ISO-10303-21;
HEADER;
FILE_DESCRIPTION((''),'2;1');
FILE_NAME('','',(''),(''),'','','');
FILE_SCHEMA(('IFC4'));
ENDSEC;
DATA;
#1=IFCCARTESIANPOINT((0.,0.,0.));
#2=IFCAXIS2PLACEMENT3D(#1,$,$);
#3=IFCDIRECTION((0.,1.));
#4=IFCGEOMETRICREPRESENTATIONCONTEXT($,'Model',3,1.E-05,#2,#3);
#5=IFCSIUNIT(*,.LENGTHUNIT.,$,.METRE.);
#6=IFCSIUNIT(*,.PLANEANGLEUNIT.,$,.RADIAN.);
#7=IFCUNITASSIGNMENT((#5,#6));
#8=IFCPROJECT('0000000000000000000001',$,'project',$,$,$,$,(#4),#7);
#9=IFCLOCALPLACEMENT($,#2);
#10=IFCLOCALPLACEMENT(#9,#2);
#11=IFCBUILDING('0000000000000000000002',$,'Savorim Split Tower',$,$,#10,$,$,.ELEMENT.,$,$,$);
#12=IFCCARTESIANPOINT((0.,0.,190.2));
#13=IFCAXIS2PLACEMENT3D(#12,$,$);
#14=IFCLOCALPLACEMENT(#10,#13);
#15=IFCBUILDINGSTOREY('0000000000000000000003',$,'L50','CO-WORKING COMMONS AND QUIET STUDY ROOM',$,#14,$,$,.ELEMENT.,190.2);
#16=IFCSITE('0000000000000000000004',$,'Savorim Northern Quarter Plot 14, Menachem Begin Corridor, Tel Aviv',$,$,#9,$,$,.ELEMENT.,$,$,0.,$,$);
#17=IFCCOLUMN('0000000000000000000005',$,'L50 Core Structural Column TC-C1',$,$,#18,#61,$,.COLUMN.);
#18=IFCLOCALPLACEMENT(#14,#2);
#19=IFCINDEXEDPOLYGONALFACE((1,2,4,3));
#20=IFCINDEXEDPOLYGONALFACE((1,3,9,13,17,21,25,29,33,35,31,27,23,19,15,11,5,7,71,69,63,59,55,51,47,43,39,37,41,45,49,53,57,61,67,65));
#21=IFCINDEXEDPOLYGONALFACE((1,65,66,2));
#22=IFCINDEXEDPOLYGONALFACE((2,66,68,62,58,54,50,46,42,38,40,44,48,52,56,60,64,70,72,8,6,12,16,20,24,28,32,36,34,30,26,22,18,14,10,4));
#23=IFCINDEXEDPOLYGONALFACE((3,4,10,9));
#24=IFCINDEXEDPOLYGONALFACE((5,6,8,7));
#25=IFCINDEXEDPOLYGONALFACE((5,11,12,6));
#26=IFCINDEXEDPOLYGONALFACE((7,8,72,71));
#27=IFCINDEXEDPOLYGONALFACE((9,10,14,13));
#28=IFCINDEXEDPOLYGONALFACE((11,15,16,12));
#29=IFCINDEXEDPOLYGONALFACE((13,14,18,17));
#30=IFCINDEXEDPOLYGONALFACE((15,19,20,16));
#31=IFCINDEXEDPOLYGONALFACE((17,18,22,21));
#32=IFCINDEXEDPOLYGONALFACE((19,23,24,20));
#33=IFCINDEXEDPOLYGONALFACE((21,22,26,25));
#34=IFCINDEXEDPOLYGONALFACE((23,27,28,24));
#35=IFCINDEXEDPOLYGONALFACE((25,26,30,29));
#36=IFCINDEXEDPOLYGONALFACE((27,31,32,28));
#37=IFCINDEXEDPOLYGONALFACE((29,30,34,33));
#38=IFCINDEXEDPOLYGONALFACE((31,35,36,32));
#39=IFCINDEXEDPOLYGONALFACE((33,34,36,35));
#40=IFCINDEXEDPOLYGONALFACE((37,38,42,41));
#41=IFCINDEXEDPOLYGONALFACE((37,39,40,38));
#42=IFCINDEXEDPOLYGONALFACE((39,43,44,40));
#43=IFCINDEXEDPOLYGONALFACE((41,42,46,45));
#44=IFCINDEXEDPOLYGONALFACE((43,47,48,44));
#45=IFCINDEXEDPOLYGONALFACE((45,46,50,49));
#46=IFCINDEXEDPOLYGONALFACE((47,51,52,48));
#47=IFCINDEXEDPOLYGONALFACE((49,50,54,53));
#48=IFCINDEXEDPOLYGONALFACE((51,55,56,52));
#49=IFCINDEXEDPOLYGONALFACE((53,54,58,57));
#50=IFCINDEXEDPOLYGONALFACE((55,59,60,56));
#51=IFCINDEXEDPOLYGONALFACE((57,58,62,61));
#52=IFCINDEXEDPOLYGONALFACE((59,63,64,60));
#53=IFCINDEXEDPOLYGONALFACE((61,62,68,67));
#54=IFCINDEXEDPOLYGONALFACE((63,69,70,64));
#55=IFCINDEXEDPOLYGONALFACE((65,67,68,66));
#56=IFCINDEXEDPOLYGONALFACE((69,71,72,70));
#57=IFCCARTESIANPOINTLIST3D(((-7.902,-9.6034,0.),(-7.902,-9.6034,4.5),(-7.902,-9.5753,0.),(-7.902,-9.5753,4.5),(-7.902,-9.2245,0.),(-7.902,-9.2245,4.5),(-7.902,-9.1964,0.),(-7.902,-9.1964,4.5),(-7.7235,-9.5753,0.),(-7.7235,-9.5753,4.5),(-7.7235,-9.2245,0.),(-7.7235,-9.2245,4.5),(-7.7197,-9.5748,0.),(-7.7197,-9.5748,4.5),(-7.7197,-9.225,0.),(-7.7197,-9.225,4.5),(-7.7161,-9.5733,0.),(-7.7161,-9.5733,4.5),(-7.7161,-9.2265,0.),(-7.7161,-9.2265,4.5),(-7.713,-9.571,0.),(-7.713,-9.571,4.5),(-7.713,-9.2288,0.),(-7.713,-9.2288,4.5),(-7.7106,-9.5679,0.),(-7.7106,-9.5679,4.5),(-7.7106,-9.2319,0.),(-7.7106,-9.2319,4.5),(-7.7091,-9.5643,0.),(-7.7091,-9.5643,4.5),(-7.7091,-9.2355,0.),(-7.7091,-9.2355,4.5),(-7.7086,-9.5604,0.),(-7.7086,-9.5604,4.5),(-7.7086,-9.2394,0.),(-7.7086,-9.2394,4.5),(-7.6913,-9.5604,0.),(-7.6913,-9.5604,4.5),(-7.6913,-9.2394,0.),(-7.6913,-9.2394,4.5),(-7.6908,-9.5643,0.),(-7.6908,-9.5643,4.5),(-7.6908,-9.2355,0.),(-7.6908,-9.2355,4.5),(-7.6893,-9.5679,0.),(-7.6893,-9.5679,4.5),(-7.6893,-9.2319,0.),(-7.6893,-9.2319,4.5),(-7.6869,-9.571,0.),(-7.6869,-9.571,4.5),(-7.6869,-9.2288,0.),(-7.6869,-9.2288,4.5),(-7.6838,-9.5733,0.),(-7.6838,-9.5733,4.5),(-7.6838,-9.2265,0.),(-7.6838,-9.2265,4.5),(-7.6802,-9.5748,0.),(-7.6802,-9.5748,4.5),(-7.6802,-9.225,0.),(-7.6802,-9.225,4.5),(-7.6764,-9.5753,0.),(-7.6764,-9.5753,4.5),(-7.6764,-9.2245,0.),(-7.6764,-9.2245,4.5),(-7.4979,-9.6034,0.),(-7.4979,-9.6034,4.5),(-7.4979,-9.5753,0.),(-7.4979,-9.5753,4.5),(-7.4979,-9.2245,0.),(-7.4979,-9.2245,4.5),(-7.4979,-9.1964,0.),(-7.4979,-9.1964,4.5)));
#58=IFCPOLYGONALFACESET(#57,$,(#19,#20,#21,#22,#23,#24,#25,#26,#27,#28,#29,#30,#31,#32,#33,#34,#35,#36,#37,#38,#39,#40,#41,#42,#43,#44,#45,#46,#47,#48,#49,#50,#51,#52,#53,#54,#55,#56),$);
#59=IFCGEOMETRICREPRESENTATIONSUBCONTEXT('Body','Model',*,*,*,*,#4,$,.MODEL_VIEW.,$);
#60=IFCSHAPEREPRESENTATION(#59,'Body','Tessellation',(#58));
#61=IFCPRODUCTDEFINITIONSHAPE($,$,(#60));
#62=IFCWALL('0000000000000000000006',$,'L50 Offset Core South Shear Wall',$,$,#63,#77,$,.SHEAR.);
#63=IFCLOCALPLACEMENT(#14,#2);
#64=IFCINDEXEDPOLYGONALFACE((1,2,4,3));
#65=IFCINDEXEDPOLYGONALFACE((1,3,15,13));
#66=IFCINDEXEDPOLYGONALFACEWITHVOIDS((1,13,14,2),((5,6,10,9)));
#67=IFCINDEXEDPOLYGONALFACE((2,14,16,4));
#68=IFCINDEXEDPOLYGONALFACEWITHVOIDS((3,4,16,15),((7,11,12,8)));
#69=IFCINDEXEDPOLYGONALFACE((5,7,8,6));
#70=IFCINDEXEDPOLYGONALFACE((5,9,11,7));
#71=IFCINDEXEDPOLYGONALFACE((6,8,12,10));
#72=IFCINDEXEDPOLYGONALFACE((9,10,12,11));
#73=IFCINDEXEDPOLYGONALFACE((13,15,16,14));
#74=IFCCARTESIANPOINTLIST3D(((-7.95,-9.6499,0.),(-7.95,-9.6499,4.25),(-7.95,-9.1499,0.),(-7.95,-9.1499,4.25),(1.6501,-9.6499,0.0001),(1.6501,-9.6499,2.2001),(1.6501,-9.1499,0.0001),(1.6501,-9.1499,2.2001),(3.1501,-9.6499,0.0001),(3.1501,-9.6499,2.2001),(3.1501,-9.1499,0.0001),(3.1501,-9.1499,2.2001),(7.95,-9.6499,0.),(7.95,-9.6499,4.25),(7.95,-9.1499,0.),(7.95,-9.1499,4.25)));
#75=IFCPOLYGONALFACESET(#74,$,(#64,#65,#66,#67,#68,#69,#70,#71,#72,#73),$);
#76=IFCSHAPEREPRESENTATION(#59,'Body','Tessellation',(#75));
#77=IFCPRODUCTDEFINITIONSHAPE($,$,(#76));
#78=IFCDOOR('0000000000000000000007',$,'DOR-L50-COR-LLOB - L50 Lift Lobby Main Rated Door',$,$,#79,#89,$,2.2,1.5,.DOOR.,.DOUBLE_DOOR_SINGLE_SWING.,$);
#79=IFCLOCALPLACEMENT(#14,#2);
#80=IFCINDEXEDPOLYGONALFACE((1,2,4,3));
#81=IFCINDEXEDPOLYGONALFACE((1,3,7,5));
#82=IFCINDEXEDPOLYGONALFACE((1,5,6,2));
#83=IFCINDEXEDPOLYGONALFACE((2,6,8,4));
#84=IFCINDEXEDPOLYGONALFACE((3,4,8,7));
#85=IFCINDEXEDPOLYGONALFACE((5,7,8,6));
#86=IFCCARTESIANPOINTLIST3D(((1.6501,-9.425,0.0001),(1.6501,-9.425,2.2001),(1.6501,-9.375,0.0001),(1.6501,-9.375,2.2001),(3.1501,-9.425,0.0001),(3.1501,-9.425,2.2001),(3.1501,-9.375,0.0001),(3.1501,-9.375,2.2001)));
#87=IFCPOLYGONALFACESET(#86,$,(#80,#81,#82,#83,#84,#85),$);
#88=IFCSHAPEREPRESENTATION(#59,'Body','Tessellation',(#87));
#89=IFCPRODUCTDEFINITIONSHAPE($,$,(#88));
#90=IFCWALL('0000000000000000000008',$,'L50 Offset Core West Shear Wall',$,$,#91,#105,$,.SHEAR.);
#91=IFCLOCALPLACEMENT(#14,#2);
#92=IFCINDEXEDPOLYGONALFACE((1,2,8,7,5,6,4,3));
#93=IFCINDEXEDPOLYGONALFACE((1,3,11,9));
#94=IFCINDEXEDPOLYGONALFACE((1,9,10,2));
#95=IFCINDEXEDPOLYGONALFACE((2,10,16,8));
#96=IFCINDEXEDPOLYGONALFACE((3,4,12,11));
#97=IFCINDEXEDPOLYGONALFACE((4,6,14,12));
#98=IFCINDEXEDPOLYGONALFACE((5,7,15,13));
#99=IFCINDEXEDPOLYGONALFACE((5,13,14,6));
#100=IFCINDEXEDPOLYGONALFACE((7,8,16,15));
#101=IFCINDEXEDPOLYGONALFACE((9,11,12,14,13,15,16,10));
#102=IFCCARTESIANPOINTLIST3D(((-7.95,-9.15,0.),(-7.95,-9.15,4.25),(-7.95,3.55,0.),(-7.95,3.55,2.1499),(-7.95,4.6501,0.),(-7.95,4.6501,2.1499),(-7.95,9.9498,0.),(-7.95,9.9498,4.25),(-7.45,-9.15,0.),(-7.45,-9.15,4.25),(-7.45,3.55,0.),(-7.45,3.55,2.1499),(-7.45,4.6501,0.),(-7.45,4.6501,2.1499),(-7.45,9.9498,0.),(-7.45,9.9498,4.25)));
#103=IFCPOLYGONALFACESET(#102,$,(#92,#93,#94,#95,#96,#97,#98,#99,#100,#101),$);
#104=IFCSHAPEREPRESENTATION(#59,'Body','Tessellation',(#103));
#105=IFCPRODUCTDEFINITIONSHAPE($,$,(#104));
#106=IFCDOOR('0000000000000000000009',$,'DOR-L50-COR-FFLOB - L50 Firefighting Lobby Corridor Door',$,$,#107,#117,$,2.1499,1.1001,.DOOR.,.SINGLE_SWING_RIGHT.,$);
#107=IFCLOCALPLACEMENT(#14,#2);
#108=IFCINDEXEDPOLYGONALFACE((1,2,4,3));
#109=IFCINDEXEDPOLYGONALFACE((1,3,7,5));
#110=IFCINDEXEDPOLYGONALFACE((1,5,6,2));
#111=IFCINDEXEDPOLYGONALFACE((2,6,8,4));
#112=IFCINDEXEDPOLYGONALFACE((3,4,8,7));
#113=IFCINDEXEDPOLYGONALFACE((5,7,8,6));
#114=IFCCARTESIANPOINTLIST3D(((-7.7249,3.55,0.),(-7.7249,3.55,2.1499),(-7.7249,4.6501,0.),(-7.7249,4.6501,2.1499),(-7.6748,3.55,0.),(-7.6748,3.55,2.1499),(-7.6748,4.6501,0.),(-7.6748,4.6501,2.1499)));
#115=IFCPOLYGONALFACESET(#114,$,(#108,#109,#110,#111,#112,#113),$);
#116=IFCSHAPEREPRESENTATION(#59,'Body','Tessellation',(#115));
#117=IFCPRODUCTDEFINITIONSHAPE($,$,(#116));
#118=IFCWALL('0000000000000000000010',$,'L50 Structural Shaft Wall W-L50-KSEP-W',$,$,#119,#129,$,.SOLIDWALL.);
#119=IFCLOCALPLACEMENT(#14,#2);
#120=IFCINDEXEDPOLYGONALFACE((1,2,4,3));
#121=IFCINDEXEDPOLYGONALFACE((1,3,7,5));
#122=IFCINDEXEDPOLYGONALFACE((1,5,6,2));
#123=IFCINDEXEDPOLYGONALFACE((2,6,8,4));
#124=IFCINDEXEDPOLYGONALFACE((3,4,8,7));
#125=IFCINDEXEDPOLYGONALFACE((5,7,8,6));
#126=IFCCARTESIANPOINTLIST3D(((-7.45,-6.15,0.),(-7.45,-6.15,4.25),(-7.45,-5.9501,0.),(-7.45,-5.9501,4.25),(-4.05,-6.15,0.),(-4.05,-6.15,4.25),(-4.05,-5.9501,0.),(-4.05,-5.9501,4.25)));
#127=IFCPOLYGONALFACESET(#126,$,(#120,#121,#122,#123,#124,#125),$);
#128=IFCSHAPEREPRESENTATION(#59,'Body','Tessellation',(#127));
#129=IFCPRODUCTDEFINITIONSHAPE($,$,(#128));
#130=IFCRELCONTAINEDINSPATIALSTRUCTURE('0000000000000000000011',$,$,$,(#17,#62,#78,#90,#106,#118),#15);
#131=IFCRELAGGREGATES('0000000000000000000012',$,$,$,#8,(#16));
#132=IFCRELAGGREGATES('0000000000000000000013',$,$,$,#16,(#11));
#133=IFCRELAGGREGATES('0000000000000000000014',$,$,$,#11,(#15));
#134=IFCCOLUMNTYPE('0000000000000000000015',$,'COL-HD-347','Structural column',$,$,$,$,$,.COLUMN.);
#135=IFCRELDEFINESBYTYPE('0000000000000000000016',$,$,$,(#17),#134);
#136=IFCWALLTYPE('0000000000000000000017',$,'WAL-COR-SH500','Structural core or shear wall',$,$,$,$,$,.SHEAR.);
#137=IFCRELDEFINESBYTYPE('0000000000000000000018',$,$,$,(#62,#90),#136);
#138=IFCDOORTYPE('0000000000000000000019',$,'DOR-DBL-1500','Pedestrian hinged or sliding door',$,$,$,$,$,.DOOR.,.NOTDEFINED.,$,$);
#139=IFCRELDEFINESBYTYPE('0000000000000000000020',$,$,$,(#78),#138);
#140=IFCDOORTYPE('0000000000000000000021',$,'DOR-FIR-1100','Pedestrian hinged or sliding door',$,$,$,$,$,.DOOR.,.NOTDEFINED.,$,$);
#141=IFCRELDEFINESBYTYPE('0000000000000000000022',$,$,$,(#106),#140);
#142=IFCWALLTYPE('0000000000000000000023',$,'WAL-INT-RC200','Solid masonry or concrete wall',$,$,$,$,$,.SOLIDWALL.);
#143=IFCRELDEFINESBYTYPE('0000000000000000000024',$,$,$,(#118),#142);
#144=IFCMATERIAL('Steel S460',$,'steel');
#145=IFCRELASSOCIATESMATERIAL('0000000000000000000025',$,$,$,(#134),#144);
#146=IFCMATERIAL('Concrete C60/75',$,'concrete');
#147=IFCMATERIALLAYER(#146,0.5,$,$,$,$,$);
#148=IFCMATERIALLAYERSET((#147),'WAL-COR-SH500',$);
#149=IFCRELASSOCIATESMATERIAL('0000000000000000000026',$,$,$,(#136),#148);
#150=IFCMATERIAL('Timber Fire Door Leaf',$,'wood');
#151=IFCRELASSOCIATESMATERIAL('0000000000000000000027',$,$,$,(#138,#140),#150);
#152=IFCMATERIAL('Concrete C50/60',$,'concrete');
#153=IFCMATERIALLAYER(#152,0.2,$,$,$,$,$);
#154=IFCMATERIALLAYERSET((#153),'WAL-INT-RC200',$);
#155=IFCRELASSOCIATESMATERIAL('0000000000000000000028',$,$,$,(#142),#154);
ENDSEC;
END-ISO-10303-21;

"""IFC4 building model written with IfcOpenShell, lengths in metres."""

from ifc_helpers import new_model, si_unit, direction, frame, frame_2d, origin, origin_2d, place, context, subcontext, project, spatial, rectangle, i_section, extrude, material, layer, layer_set, material_profile, profile_set, type_object, element, fill, save


model = new_model("IFC4")

# Units and contexts
model_context = context("Model", 3, precision=1e-05, world=origin(), true_north=direction((0.0, 1.0)))
body_context = subcontext(model_context, "Body", "Model", "MODEL_VIEW")
ifc_project = project(units=[si_unit("LENGTHUNIT", "METRE"), si_unit("PLANEANGLEUNIT", "RADIAN")], contexts=[model_context])

# Site, building, storey
site_placement = place(None, origin())
site = spatial("IfcSite", under=ifc_project, at=site_placement, Name="Savorim Northern Quarter Plot 14, Menachem Begin Corridor, Tel Aviv", CompositionType="ELEMENT", RefElevation=0.0)
building_placement = place(site_placement, origin())
building = spatial("IfcBuilding", under=site, at=building_placement, Name="Savorim Split Tower", CompositionType="ELEMENT")
storey_placement = place(building_placement, frame((0.0, 0.0, 190.2)))
storey = spatial("IfcBuildingStorey", under=building, at=storey_placement, Name="L50", Description="CO-WORKING COMMONS AND QUIET STUDY ROOM", CompositionType="ELEMENT", Elevation=190.2)

# Column
ifc_material_1 = material(Name="Steel S460", Category="steel")
ifc_material_profile = material_profile(ifc_material_1, i_section(OverallWidth=0.4041, OverallDepth=0.407, WebThickness=0.0173, FlangeThickness=0.0281, FilletRadius=0.0149, at=origin_2d()), Name="HD 400x347")
ifc_profile_set = profile_set([ifc_material_profile], Name="Steel S460")
column_type = type_object("IfcColumnType", Name="COL-HD-347", Description="Structural column", PredefinedType="COLUMN", material=ifc_profile_set)
column_placement = place(storey_placement, frame((-7.7, -9.3999, 0.0), z_axis=(0.0, 0.0, 1.0), x_axis=(1.0, 0.0, 0.0)))
element("IfcColumn", 1, at=column_placement, inside=storey, type_object=column_type, Name="L50 Core Structural Column TC-C1", PredefinedType="COLUMN", context=body_context, shape_type="SweptSolid", body=[
    extrude(i_section(OverallWidth=0.4041, OverallDepth=0.407, WebThickness=0.0173, FlangeThickness=0.0281, FilletRadius=0.0149, at=origin_2d()), origin(), (0.0, 0.0, 1.0), 4.5),
])

# Walls, openings, doors
ifc_material_2 = material(Name="Concrete C60/75", Category="concrete")
ifc_layer_1 = layer(ifc_material_2, 0.5)
ifc_layer_set_1 = layer_set([ifc_layer_1], Name="WAL-COR-SH500")
wall_type_1 = type_object("IfcWallType", Name="WAL-COR-SH500", Description="Structural core or shear wall", PredefinedType="SHEAR", material=ifc_layer_set_1)
wall_1_placement = place(storey_placement, frame((-7.95, -9.3999, 0.0), z_axis=(0.0, 0.0, 1.0), x_axis=(1.0, 0.0, 0.0)))
wall_1 = element("IfcWall", 2, at=wall_1_placement, inside=storey, type_object=wall_type_1, Name="L50 Offset Core South Shear Wall", PredefinedType="SHEAR", context=body_context, shape_type="SweptSolid", body=[
    extrude(rectangle(XDim=15.8999, YDim=0.5, at=frame_2d((7.95, 0.0))), origin(), (0.0, 0.0, 1.0), 4.25),
])
opening_1_placement = place(wall_1_placement, frame((9.6001, 0.0, 0.0)))
opening_1 = element("IfcOpeningElement", 3, at=opening_1_placement, cuts=wall_1, PredefinedType="OPENING", context=body_context, shape_type="SweptSolid", body=[
    extrude(rectangle(XDim=1.5, YDim=2.2, at=frame_2d((0.75, 1.1001))), frame((0.0, 0.26, 0.0), z_axis=(0.0, -1.0, 0.0), x_axis=(1.0, 0.0, 0.0)), (0.0, 0.0, 1.0), 0.52),
])
ifc_material_3 = material(Name="Timber Fire Door Leaf", Category="wood")
door_type_1 = type_object("IfcDoorType", Name="DOR-DBL-1500", Description="Pedestrian hinged or sliding door", OperationType="NOTDEFINED", PredefinedType="DOOR", material=ifc_material_3)
door_1_placement = place(opening_1_placement, origin())
door_1 = element("IfcDoor", 4, at=door_1_placement, inside=storey, type_object=door_type_1, Name="DOR-L50-COR-LLOB - L50 Lift Lobby Main Rated Door", OperationType="DOUBLE_DOOR_SINGLE_SWING", OverallHeight=2.2, OverallWidth=1.5, PredefinedType="DOOR", context=body_context, shape_type="SweptSolid", body=[
    extrude(rectangle(XDim=1.5, YDim=2.2, at=frame_2d((0.75, 1.1001))), frame((0.0, 0.0249, 0.0), z_axis=(0.0, -1.0, 0.0), x_axis=(1.0, 0.0, 0.0)), (0.0, 0.0, 1.0), 0.05),
])
fill(opening_1, door_1)
wall_2_placement = place(storey_placement, frame((-7.7, -9.1499, 0.0), z_axis=(0.0, 0.0, 1.0), x_axis=(0.0, 1.0, 0.0)))
wall_2 = element("IfcWall", 5, at=wall_2_placement, inside=storey, type_object=wall_type_1, Name="L50 Offset Core West Shear Wall", PredefinedType="SHEAR", context=body_context, shape_type="SweptSolid", body=[
    extrude(rectangle(XDim=19.0999, YDim=0.5, at=frame_2d((9.5498, 0.0))), origin(), (0.0, 0.0, 1.0), 4.25),
])
opening_2_placement = place(wall_2_placement, frame((12.7, 0.0, 0.0)))
opening_2 = element("IfcOpeningElement", 6, at=opening_2_placement, cuts=wall_2, PredefinedType="OPENING", context=body_context, shape_type="SweptSolid", body=[
    extrude(rectangle(XDim=1.1001, YDim=2.1499, at=frame_2d((0.55, 1.075))), frame((0.0, 0.26, 0.0), z_axis=(0.0, -1.0, 0.0), x_axis=(1.0, 0.0, 0.0)), (0.0, 0.0, 1.0), 0.52),
])
door_type_2 = type_object("IfcDoorType", Name="DOR-FIR-1100", Description="Pedestrian hinged or sliding door", OperationType="NOTDEFINED", PredefinedType="DOOR", material=ifc_material_3)
door_2_placement = place(opening_2_placement, origin())
door_2 = element("IfcDoor", 7, at=door_2_placement, inside=storey, type_object=door_type_2, Name="DOR-L50-COR-FFLOB - L50 Firefighting Lobby Corridor Door", OperationType="SINGLE_SWING_RIGHT", OverallHeight=2.1499, OverallWidth=1.1001, PredefinedType="DOOR", context=body_context, shape_type="SweptSolid", body=[
    extrude(rectangle(XDim=1.1001, YDim=2.1499, at=frame_2d((0.55, 1.075))), frame((0.0, 0.0249, 0.0), z_axis=(0.0, -1.0, 0.0), x_axis=(1.0, 0.0, 0.0)), (0.0, 0.0, 1.0), 0.05),
])
fill(opening_2, door_2)

# Wall
ifc_material_4 = material(Name="Concrete C50/60", Category="concrete")
ifc_layer_2 = layer(ifc_material_4, 0.2)
ifc_layer_set_2 = layer_set([ifc_layer_2], Name="WAL-INT-RC200")
wall_type_2 = type_object("IfcWallType", Name="WAL-INT-RC200", Description="Solid masonry or concrete wall", PredefinedType="SOLIDWALL", material=ifc_layer_set_2)
wall_3_placement = place(storey_placement, frame((-7.45, -6.05, 0.0), z_axis=(0.0, 0.0, 1.0), x_axis=(1.0, 0.0, 0.0)))
element("IfcWall", 8, at=wall_3_placement, inside=storey, type_object=wall_type_2, Name="L50 Structural Shaft Wall W-L50-KSEP-W", PredefinedType="SOLIDWALL", context=body_context, shape_type="SweptSolid", body=[
    extrude(rectangle(XDim=3.3999, YDim=0.2, at=frame_2d((1.7, 0.0))), origin(), (0.0, 0.0, 1.0), 4.25),
])

save(model, "model.ifc")
